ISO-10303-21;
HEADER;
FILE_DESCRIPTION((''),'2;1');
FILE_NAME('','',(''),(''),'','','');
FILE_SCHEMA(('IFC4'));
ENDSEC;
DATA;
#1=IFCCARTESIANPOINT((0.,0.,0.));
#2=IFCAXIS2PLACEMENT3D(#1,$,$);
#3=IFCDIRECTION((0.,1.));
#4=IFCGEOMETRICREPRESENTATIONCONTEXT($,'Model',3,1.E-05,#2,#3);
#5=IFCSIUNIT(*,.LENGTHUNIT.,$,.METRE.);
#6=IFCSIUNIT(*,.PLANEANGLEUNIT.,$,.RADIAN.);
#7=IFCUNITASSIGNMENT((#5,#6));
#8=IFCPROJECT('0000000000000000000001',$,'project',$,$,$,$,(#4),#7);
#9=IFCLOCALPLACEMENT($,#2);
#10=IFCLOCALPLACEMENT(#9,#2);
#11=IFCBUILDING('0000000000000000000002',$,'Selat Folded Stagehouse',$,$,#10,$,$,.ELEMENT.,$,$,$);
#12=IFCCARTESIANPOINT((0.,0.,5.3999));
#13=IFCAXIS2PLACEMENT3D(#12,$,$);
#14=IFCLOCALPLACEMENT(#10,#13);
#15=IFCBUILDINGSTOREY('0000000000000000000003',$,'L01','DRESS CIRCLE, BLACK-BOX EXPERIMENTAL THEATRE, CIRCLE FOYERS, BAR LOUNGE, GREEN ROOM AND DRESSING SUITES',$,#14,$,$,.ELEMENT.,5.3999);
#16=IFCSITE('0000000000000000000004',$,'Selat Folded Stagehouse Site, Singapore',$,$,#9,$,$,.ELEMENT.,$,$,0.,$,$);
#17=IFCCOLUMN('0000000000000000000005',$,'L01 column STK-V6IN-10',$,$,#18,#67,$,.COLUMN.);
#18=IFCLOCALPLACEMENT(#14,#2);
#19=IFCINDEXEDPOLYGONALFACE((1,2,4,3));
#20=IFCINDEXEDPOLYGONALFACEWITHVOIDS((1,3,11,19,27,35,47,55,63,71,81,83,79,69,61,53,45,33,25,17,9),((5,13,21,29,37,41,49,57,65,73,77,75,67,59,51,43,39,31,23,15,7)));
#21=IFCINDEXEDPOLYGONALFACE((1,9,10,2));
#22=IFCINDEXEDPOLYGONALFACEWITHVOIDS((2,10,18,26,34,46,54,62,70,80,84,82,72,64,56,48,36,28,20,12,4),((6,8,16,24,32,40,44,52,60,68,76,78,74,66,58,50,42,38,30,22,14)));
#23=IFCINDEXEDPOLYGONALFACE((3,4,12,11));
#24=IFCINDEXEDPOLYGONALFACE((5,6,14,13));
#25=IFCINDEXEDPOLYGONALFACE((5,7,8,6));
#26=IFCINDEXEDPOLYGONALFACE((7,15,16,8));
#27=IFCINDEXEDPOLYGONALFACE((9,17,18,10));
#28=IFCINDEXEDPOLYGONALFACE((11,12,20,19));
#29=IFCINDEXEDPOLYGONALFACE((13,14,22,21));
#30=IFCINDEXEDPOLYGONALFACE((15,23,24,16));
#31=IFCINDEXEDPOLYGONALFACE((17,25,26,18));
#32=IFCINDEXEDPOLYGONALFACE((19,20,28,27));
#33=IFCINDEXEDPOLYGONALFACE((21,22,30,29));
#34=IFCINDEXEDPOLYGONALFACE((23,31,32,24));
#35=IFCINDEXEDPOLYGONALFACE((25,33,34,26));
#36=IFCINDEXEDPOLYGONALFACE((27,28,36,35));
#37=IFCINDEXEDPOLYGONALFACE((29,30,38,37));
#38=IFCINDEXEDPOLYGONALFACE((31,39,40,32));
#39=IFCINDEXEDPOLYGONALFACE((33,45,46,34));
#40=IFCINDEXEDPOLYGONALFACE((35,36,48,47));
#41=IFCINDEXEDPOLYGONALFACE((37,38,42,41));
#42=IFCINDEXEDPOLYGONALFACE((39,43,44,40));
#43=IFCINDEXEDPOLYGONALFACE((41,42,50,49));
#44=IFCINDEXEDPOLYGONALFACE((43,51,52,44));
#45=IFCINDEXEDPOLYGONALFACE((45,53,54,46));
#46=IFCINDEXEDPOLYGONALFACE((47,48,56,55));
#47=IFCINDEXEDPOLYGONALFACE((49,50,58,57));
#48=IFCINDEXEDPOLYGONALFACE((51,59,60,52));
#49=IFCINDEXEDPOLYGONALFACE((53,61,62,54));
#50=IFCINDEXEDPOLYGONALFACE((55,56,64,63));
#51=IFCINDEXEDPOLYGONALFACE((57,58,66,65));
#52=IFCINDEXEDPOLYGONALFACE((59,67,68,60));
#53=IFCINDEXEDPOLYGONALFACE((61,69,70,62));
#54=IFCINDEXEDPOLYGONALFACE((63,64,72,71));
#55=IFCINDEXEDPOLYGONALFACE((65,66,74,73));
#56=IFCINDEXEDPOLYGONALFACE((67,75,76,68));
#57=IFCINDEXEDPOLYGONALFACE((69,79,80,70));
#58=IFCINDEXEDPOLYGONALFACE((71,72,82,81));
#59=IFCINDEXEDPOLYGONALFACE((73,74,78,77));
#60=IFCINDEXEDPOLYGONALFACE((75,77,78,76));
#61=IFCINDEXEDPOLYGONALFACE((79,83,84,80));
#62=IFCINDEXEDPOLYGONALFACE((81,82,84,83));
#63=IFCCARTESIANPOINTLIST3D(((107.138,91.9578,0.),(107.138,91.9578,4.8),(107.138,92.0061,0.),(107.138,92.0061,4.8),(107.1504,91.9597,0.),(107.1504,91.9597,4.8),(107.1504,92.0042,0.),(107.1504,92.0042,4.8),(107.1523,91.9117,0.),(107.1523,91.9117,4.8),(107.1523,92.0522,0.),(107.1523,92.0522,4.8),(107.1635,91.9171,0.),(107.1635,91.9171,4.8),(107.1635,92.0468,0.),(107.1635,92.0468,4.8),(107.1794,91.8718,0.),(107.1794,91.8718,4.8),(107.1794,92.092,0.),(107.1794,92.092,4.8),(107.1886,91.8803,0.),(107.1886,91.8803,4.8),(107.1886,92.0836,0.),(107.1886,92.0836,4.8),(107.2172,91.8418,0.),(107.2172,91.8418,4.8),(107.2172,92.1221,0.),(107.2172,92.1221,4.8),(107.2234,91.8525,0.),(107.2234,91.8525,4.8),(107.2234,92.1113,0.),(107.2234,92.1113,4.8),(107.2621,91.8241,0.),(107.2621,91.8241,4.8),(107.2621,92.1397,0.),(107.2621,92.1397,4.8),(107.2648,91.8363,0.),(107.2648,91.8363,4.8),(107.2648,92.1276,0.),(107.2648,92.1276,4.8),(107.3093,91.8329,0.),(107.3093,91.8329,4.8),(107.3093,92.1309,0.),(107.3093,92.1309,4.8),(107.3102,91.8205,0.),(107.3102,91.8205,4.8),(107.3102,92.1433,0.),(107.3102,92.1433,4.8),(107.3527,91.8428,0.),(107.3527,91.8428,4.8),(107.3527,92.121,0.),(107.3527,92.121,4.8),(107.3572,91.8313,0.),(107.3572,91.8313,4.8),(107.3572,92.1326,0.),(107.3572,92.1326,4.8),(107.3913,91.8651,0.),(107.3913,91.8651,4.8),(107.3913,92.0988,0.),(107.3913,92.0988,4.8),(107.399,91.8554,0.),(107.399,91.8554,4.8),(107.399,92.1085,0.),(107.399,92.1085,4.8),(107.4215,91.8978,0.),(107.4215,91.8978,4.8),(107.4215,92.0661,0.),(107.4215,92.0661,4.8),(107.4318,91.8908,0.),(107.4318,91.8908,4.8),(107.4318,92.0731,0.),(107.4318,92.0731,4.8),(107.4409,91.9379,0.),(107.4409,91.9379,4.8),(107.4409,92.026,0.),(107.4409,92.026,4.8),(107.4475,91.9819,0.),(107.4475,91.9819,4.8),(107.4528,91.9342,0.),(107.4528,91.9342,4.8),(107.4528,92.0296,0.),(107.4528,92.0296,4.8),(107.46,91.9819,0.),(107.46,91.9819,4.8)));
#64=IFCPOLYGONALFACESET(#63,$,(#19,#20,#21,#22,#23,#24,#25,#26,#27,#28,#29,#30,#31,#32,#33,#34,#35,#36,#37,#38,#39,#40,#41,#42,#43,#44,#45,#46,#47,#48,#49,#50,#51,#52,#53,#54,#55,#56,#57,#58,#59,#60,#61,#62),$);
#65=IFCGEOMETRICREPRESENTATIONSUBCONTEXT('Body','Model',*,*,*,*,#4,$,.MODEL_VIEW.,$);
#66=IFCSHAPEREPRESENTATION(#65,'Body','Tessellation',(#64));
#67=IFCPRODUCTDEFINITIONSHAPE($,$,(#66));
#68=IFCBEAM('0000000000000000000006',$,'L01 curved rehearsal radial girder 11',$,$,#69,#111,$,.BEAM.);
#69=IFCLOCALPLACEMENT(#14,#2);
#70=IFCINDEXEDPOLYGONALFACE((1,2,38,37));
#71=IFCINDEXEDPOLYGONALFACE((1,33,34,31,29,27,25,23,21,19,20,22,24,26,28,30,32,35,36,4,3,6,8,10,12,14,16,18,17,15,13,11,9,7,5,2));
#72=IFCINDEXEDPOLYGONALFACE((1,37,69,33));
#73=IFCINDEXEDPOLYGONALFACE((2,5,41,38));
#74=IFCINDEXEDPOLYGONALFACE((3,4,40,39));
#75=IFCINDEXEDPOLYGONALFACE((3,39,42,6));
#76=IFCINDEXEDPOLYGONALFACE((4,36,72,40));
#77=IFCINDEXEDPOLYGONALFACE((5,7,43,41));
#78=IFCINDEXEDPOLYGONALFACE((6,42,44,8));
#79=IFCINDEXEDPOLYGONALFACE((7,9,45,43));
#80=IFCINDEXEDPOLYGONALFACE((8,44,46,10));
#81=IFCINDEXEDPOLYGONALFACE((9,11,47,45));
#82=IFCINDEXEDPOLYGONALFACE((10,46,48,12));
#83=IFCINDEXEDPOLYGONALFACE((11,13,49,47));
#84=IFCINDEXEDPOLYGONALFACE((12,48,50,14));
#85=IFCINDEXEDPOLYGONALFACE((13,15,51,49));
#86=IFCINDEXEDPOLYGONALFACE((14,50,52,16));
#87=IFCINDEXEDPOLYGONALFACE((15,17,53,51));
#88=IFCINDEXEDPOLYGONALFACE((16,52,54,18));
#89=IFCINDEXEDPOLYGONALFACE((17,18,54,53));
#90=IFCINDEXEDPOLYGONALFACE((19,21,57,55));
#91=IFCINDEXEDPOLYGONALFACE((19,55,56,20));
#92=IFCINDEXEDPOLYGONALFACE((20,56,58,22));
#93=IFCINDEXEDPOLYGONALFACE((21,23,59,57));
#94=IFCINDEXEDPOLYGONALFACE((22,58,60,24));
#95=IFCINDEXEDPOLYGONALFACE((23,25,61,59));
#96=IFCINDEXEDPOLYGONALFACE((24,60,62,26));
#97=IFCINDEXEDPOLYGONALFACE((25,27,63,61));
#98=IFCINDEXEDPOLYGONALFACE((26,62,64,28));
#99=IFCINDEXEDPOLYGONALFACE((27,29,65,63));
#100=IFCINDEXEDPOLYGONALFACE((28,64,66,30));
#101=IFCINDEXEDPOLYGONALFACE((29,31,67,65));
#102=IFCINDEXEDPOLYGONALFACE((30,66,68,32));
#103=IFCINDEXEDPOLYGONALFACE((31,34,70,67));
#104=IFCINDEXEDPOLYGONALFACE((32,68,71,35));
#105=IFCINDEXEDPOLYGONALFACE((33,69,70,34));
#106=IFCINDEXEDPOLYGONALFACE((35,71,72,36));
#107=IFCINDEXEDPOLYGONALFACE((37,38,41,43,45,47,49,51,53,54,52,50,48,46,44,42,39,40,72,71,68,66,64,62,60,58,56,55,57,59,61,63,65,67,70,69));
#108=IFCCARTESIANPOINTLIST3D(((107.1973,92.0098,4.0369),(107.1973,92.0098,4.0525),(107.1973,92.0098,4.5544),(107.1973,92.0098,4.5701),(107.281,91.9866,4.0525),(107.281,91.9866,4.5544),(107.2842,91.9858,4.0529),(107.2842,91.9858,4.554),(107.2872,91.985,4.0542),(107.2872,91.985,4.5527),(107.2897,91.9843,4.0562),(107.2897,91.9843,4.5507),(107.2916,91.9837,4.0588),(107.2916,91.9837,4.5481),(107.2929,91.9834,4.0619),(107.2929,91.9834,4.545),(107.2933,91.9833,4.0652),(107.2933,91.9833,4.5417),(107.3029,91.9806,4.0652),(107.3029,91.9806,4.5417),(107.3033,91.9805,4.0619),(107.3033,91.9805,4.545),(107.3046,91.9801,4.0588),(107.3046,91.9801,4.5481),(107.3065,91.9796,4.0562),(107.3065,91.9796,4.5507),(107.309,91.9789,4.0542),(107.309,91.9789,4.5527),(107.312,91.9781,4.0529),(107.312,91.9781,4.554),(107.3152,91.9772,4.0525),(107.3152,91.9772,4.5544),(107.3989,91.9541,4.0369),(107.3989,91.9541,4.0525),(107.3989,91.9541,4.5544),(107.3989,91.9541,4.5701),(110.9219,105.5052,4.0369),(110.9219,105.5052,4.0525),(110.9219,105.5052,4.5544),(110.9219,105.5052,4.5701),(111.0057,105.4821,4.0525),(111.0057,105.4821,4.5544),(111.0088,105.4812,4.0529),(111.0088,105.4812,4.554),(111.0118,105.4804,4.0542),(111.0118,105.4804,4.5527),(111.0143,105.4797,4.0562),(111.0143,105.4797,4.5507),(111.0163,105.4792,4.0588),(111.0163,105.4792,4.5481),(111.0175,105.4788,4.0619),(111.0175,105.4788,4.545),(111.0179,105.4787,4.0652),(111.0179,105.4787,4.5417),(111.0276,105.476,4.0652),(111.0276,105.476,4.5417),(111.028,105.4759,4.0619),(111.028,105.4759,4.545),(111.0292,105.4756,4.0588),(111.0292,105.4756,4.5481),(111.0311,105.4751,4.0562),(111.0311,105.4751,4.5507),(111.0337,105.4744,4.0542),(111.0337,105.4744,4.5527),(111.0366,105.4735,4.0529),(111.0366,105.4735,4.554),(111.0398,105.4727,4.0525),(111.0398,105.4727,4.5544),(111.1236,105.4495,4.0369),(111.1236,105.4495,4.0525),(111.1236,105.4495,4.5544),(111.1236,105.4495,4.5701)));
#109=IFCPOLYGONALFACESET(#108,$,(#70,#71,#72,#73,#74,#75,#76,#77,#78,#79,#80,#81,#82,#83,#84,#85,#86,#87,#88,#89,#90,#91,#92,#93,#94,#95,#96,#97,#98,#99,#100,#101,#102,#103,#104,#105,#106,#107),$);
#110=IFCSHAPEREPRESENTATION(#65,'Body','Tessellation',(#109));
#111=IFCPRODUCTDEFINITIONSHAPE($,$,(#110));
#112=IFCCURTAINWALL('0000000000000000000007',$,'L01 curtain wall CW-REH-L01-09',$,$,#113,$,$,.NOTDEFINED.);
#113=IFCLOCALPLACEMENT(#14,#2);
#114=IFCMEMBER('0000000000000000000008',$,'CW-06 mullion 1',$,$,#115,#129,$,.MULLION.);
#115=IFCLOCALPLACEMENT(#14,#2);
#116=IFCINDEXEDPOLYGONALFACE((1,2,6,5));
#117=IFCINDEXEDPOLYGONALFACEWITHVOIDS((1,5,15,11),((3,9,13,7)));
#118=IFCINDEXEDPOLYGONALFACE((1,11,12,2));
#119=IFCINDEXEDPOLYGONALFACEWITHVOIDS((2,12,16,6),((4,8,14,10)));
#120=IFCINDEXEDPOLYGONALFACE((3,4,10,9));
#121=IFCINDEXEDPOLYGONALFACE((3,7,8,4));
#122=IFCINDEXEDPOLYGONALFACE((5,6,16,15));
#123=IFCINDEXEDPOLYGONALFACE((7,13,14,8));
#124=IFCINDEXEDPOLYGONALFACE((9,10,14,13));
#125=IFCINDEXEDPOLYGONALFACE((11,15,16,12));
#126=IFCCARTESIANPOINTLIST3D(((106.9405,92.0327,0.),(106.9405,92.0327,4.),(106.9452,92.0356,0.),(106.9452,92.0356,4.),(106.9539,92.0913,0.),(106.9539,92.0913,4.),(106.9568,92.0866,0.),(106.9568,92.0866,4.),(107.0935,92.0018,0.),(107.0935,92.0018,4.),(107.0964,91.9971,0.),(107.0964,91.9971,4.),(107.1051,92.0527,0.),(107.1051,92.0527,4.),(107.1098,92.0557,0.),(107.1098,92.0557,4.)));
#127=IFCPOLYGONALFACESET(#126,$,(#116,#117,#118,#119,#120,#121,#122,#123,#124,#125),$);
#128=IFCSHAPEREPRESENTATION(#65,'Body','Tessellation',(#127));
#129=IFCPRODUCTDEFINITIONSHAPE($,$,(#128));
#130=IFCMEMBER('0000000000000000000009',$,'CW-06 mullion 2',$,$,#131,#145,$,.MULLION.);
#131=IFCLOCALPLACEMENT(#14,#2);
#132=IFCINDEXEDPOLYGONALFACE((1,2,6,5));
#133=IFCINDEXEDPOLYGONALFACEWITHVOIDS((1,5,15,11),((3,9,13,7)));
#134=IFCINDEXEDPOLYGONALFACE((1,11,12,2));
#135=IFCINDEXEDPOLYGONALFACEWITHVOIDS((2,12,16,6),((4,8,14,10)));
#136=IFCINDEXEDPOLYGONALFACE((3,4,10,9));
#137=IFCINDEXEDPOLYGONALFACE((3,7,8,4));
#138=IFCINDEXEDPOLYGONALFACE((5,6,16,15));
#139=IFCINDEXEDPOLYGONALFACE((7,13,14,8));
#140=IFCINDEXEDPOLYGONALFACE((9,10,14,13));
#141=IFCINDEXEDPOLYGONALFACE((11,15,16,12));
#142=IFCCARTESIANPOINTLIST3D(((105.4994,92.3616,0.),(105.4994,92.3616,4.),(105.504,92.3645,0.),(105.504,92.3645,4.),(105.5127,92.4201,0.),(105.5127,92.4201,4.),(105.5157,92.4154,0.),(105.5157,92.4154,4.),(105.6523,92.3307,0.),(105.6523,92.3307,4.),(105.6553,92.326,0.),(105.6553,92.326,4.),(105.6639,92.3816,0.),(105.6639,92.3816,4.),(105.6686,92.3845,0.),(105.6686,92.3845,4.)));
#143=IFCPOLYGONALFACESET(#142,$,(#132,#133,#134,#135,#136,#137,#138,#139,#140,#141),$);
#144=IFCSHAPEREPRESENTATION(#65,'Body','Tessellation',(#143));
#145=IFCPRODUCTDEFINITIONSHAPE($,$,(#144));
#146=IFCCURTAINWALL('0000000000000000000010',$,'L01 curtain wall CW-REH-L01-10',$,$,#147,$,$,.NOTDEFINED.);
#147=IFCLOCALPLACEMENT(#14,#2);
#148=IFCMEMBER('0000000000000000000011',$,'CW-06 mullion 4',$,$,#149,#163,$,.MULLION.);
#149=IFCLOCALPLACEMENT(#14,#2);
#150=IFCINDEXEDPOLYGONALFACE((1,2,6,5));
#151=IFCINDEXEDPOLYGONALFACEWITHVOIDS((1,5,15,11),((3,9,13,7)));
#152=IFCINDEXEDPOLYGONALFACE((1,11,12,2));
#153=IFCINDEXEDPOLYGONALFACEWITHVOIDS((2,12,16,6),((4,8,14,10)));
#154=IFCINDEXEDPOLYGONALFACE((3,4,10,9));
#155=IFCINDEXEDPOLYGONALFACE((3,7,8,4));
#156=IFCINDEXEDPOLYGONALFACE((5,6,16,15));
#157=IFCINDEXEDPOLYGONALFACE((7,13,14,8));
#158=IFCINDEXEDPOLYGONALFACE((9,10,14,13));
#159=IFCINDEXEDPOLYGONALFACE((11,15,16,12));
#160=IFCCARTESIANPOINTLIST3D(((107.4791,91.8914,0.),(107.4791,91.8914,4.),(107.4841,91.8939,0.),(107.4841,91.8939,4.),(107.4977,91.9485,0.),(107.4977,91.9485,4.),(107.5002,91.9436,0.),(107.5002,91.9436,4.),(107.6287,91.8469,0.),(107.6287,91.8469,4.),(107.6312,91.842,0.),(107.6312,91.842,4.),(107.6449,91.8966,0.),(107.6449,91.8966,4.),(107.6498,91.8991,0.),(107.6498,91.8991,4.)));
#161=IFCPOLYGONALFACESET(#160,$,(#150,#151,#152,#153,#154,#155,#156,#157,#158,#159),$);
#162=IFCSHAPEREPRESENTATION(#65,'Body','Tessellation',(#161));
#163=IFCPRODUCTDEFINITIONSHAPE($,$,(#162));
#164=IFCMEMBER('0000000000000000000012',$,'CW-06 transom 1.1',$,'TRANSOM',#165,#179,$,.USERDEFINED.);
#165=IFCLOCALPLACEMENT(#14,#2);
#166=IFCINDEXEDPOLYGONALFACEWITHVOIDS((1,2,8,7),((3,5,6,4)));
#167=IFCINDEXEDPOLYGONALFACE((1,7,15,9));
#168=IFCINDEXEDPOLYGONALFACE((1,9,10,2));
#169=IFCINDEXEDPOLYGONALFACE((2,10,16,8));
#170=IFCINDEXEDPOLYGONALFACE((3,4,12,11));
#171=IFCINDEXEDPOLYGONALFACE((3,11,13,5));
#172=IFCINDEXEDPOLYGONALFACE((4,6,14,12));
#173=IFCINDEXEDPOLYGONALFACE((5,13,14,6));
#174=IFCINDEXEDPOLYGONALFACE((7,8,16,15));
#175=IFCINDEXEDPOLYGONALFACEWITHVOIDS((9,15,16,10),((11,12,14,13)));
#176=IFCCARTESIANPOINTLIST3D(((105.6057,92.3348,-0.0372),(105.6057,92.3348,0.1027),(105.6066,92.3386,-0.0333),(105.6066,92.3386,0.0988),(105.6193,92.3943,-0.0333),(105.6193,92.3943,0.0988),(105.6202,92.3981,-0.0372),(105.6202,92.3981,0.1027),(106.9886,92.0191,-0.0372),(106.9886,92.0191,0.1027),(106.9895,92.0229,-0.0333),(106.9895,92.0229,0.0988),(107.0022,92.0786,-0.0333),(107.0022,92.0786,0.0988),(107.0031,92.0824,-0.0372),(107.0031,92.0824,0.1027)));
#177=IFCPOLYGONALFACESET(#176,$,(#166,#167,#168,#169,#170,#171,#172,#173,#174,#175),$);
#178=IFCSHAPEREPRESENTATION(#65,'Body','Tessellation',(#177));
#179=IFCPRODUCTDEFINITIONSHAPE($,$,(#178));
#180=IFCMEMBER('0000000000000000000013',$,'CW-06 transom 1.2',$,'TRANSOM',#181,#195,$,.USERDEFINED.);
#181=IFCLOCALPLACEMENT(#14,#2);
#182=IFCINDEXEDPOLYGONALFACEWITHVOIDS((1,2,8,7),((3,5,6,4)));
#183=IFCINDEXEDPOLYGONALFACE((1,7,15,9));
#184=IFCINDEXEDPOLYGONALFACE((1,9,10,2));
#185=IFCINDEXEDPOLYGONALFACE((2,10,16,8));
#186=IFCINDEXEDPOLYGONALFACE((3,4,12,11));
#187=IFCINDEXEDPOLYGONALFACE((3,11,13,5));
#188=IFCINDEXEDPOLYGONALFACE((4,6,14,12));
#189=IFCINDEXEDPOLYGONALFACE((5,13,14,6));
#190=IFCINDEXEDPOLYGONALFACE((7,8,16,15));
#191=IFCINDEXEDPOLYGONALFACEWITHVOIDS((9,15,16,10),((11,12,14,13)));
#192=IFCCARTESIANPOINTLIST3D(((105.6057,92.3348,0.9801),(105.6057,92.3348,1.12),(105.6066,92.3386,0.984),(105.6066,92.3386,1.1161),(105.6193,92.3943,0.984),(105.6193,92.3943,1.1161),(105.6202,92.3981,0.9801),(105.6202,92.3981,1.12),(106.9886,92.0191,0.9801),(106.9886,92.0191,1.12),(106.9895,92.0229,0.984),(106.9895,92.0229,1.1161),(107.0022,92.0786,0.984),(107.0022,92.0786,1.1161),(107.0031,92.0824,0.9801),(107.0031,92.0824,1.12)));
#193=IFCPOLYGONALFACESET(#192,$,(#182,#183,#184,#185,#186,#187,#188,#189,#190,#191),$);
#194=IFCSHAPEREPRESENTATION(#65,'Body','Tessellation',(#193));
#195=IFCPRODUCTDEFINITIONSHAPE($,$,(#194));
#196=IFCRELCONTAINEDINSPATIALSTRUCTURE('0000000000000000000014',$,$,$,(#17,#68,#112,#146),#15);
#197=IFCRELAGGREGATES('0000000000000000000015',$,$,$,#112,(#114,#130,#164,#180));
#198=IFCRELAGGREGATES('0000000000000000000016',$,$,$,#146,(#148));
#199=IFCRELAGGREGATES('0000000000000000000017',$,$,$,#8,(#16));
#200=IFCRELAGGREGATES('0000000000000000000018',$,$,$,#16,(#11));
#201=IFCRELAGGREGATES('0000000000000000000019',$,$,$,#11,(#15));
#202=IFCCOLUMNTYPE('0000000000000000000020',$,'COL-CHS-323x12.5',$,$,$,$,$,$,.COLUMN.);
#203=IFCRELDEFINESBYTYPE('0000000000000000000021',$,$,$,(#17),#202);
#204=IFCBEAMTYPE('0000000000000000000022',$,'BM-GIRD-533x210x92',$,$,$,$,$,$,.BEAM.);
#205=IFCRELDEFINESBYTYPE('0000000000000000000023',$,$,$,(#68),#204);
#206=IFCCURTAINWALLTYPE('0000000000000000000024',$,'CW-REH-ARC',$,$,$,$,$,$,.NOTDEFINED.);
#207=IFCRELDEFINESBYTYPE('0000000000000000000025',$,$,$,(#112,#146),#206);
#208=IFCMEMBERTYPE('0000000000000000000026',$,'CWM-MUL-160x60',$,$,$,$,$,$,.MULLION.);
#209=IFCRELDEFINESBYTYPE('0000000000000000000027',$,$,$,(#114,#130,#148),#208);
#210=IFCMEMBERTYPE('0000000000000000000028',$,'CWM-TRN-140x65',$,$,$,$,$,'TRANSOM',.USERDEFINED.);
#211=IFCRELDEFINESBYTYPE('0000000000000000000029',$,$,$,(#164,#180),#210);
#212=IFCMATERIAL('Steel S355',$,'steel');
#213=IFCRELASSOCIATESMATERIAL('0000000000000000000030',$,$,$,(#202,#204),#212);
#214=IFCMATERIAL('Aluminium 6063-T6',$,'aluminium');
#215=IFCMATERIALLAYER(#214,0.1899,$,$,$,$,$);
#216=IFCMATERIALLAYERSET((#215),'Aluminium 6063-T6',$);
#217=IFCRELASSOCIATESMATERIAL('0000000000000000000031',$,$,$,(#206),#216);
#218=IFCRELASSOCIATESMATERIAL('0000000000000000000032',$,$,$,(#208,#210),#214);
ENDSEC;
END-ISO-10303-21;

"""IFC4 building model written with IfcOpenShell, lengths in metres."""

from ifc_helpers import new_model, si_unit, direction, frame, origin, origin_2d, place, context, subcontext, project, spatial, hollow_rectangle, hollow_circle, i_section, extrude, material, layer, layer_set, material_profile, profile_set, type_object, element, aggregate, save


model = new_model("IFC4")

# Units and contexts
model_context = context("Model", 3, precision=1e-05, world=origin(), true_north=direction((0.0, 1.0)))
body_context = subcontext(model_context, "Body", "Model", "MODEL_VIEW")
ifc_project = project(units=[si_unit("LENGTHUNIT", "METRE"), si_unit("PLANEANGLEUNIT", "RADIAN")], contexts=[model_context])

# Site, building, storey
site_placement = place(None, origin())
site = spatial("IfcSite", under=ifc_project, at=site_placement, Name="Selat Folded Stagehouse Site, Singapore", CompositionType="ELEMENT", RefElevation=0.0)
building_placement = place(site_placement, origin())
building = spatial("IfcBuilding", under=site, at=building_placement, Name="Selat Folded Stagehouse", CompositionType="ELEMENT")
storey_placement = place(building_placement, frame((0.0, 0.0, 5.3999)))
storey = spatial("IfcBuildingStorey", under=building, at=storey_placement, Name="L01", Description="DRESS CIRCLE, BLACK-BOX EXPERIMENTAL THEATRE, CIRCLE FOYERS, BAR LOUNGE, GREEN ROOM AND DRESSING SUITES", CompositionType="ELEMENT", Elevation=5.3999)

# Column
ifc_material_1 = material(Name="Steel S355", Category="steel")
ifc_material_profile_1 = material_profile(ifc_material_1, hollow_circle(Radius=0.1619, WallThickness=0.0125, at=origin_2d()), Name="CHS 323.9x12.5")
ifc_profile_set_1 = profile_set([ifc_material_profile_1], Name="Steel S355")
column_type = type_object("IfcColumnType", Name="COL-CHS-323x12.5", PredefinedType="COLUMN", material=ifc_profile_set_1)
column_placement = place(storey_placement, frame((107.2981, 91.9819, 0.0), z_axis=(0.0, 0.0, 1.0), x_axis=(1.0, 0.0, 0.0)))
element("IfcColumn", 1, at=column_placement, inside=storey, type_object=column_type, Name="L01 column STK-V6IN-10", PredefinedType="COLUMN", context=body_context, shape_type="SweptSolid", body=[
    extrude(hollow_circle(Radius=0.1619, WallThickness=0.0125, at=origin_2d()), origin(), (0.0, 0.0, 1.0), 4.8),
])

# Beam
ifc_material_profile_2 = material_profile(ifc_material_1, i_section(OverallWidth=0.2092, OverallDepth=0.5332, WebThickness=0.01, FlangeThickness=0.0156, FilletRadius=0.0127, at=origin_2d()), Name="UKB 533x210x92")
ifc_profile_set_2 = profile_set([ifc_material_profile_2], Name="Steel S355")
beam_type_1 = type_object("IfcBeamType", Name="BM-GIRD-533x210x92", PredefinedType="BEAM", material=ifc_profile_set_2)
beam_1_placement = place(storey_placement, frame((107.2981, 91.9819, 4.3035), z_axis=(0.266045, 0.963961, 0.0), x_axis=(-0.963961, 0.266045, 0.0)))
element("IfcBeam", 2, at=beam_1_placement, inside=storey, type_object=beam_type_1, Name="L01 curved rehearsal radial girder 11", PredefinedType="BEAM", context=body_context, shape_type="SweptSolid", body=[
    extrude(i_section(OverallWidth=0.2092, OverallDepth=0.5332, WebThickness=0.01, FlangeThickness=0.0156, FilletRadius=0.0127, at=origin_2d()), origin(), (0.0, 0.0, 1.0), 14.0),
])

# Curtain wall, members
ifc_material_2 = material(Name="Aluminium 6063-T6", Category="aluminium")
ifc_layer_1 = layer(ifc_material_2, 0.1899)
ifc_layer_set_1 = layer_set([ifc_layer_1], Name="Aluminium 6063-T6")
curtain_wall_type = type_object("IfcCurtainWallType", Name="CW-REH-ARC", PredefinedType="NOTDEFINED", material=ifc_layer_set_1)
curtain_wall_1_placement = place(storey_placement, origin())
curtain_wall_1 = element("IfcCurtainWall", 3, at=curtain_wall_1_placement, inside=storey, type_object=curtain_wall_type, Name="L01 curtain wall CW-REH-L01-09", PredefinedType="NOTDEFINED")
ifc_material_profile_3 = material_profile(ifc_material_2, hollow_rectangle(XDim=0.0601, YDim=0.1599, WallThickness=0.0039, at=origin_2d()), Name="ALU 160x60x4.0")
ifc_profile_set_3 = profile_set([ifc_material_profile_3], Name="Aluminium 6063-T6")
member_type_1 = type_object("IfcMemberType", Name="CWM-MUL-160x60", PredefinedType="MULLION", material=ifc_profile_set_3)
member_1_placement = place(storey_placement, frame((107.0251, 92.0442, 0.0), z_axis=(0.0, 0.0, 1.0), x_axis=(-0.222543, -0.974923, 0.0)))
member_1 = element("IfcMember", 4, at=member_1_placement, type_object=member_type_1, Name="CW-06 mullion 1", PredefinedType="MULLION", context=body_context, shape_type="SweptSolid", body=[
    extrude(hollow_rectangle(XDim=0.0601, YDim=0.1599, WallThickness=0.0039, at=origin_2d()), origin(), (0.0, 0.0, 1.0), 4.0),
])
member_2_placement = place(storey_placement, frame((105.584, 92.373, 0.0), z_axis=(0.0, 0.0, 1.0), x_axis=(-0.222543, -0.974923, 0.0)))
member_2 = element("IfcMember", 5, at=member_2_placement, type_object=member_type_1, Name="CW-06 mullion 2", PredefinedType="MULLION", context=body_context, shape_type="SweptSolid", body=[
    extrude(hollow_rectangle(XDim=0.0601, YDim=0.1599, WallThickness=0.0039, at=origin_2d()), origin(), (0.0, 0.0, 1.0), 4.0),
])

# Curtain wall, member
curtain_wall_2_placement = place(storey_placement, origin())
curtain_wall_2 = element("IfcCurtainWall", 6, at=curtain_wall_2_placement, inside=storey, type_object=curtain_wall_type, Name="L01 curtain wall CW-REH-L01-10", PredefinedType="NOTDEFINED")
member_3_placement = place(storey_placement, frame((107.5645, 91.8953, 0.0), z_axis=(0.0, 0.0, 1.0), x_axis=(-0.308992, -0.951065, 0.0)))
member_3 = element("IfcMember", 7, at=member_3_placement, type_object=member_type_1, Name="CW-06 mullion 4", PredefinedType="MULLION", context=body_context, shape_type="SweptSolid", body=[
    extrude(hollow_rectangle(XDim=0.0601, YDim=0.1599, WallThickness=0.0039, at=origin_2d()), origin(), (0.0, 0.0, 1.0), 4.0),
])

# Members
ifc_material_profile_4 = material_profile(ifc_material_2, hollow_rectangle(XDim=0.0649, YDim=0.1399, WallThickness=0.0039, at=origin_2d()), Name="ALU 140x65x4.0")
ifc_profile_set_4 = profile_set([ifc_material_profile_4], Name="Aluminium 6063-T6")
member_type_2 = type_object("IfcMemberType", Name="CWM-TRN-140x65", ElementType="TRANSOM", PredefinedType="USERDEFINED", material=ifc_profile_set_4)
member_4_placement = place(storey_placement, frame((106.9958, 92.0508, 0.0327), z_axis=(-0.974919, 0.222558, 0.0), x_axis=(-0.222558, -0.974919, 0.0)))
member_4 = element("IfcMember", 8, at=member_4_placement, type_object=member_type_2, Name="CW-06 transom 1.1", ObjectType="TRANSOM", PredefinedType="USERDEFINED", context=body_context, shape_type="SweptSolid", body=[
    extrude(hollow_rectangle(XDim=0.0649, YDim=0.1399, WallThickness=0.0039, at=origin_2d()), origin(), (0.0, 0.0, 1.0), 1.4185),
])
member_5_placement = place(storey_placement, frame((106.9958, 92.0508, 1.05), z_axis=(-0.974919, 0.222558, 0.0), x_axis=(-0.222558, -0.974919, 0.0)))
member_5 = element("IfcMember", 9, at=member_5_placement, type_object=member_type_2, Name="CW-06 transom 1.2", ObjectType="TRANSOM", PredefinedType="USERDEFINED", context=body_context, shape_type="SweptSolid", body=[
    extrude(hollow_rectangle(XDim=0.0649, YDim=0.1399, WallThickness=0.0039, at=origin_2d()), origin(), (0.0, 0.0, 1.0), 1.4185),
])

aggregate(curtain_wall_1, [member_1, member_2, member_4, member_5])
aggregate(curtain_wall_2, [member_3])

save(model, "model.ifc")
